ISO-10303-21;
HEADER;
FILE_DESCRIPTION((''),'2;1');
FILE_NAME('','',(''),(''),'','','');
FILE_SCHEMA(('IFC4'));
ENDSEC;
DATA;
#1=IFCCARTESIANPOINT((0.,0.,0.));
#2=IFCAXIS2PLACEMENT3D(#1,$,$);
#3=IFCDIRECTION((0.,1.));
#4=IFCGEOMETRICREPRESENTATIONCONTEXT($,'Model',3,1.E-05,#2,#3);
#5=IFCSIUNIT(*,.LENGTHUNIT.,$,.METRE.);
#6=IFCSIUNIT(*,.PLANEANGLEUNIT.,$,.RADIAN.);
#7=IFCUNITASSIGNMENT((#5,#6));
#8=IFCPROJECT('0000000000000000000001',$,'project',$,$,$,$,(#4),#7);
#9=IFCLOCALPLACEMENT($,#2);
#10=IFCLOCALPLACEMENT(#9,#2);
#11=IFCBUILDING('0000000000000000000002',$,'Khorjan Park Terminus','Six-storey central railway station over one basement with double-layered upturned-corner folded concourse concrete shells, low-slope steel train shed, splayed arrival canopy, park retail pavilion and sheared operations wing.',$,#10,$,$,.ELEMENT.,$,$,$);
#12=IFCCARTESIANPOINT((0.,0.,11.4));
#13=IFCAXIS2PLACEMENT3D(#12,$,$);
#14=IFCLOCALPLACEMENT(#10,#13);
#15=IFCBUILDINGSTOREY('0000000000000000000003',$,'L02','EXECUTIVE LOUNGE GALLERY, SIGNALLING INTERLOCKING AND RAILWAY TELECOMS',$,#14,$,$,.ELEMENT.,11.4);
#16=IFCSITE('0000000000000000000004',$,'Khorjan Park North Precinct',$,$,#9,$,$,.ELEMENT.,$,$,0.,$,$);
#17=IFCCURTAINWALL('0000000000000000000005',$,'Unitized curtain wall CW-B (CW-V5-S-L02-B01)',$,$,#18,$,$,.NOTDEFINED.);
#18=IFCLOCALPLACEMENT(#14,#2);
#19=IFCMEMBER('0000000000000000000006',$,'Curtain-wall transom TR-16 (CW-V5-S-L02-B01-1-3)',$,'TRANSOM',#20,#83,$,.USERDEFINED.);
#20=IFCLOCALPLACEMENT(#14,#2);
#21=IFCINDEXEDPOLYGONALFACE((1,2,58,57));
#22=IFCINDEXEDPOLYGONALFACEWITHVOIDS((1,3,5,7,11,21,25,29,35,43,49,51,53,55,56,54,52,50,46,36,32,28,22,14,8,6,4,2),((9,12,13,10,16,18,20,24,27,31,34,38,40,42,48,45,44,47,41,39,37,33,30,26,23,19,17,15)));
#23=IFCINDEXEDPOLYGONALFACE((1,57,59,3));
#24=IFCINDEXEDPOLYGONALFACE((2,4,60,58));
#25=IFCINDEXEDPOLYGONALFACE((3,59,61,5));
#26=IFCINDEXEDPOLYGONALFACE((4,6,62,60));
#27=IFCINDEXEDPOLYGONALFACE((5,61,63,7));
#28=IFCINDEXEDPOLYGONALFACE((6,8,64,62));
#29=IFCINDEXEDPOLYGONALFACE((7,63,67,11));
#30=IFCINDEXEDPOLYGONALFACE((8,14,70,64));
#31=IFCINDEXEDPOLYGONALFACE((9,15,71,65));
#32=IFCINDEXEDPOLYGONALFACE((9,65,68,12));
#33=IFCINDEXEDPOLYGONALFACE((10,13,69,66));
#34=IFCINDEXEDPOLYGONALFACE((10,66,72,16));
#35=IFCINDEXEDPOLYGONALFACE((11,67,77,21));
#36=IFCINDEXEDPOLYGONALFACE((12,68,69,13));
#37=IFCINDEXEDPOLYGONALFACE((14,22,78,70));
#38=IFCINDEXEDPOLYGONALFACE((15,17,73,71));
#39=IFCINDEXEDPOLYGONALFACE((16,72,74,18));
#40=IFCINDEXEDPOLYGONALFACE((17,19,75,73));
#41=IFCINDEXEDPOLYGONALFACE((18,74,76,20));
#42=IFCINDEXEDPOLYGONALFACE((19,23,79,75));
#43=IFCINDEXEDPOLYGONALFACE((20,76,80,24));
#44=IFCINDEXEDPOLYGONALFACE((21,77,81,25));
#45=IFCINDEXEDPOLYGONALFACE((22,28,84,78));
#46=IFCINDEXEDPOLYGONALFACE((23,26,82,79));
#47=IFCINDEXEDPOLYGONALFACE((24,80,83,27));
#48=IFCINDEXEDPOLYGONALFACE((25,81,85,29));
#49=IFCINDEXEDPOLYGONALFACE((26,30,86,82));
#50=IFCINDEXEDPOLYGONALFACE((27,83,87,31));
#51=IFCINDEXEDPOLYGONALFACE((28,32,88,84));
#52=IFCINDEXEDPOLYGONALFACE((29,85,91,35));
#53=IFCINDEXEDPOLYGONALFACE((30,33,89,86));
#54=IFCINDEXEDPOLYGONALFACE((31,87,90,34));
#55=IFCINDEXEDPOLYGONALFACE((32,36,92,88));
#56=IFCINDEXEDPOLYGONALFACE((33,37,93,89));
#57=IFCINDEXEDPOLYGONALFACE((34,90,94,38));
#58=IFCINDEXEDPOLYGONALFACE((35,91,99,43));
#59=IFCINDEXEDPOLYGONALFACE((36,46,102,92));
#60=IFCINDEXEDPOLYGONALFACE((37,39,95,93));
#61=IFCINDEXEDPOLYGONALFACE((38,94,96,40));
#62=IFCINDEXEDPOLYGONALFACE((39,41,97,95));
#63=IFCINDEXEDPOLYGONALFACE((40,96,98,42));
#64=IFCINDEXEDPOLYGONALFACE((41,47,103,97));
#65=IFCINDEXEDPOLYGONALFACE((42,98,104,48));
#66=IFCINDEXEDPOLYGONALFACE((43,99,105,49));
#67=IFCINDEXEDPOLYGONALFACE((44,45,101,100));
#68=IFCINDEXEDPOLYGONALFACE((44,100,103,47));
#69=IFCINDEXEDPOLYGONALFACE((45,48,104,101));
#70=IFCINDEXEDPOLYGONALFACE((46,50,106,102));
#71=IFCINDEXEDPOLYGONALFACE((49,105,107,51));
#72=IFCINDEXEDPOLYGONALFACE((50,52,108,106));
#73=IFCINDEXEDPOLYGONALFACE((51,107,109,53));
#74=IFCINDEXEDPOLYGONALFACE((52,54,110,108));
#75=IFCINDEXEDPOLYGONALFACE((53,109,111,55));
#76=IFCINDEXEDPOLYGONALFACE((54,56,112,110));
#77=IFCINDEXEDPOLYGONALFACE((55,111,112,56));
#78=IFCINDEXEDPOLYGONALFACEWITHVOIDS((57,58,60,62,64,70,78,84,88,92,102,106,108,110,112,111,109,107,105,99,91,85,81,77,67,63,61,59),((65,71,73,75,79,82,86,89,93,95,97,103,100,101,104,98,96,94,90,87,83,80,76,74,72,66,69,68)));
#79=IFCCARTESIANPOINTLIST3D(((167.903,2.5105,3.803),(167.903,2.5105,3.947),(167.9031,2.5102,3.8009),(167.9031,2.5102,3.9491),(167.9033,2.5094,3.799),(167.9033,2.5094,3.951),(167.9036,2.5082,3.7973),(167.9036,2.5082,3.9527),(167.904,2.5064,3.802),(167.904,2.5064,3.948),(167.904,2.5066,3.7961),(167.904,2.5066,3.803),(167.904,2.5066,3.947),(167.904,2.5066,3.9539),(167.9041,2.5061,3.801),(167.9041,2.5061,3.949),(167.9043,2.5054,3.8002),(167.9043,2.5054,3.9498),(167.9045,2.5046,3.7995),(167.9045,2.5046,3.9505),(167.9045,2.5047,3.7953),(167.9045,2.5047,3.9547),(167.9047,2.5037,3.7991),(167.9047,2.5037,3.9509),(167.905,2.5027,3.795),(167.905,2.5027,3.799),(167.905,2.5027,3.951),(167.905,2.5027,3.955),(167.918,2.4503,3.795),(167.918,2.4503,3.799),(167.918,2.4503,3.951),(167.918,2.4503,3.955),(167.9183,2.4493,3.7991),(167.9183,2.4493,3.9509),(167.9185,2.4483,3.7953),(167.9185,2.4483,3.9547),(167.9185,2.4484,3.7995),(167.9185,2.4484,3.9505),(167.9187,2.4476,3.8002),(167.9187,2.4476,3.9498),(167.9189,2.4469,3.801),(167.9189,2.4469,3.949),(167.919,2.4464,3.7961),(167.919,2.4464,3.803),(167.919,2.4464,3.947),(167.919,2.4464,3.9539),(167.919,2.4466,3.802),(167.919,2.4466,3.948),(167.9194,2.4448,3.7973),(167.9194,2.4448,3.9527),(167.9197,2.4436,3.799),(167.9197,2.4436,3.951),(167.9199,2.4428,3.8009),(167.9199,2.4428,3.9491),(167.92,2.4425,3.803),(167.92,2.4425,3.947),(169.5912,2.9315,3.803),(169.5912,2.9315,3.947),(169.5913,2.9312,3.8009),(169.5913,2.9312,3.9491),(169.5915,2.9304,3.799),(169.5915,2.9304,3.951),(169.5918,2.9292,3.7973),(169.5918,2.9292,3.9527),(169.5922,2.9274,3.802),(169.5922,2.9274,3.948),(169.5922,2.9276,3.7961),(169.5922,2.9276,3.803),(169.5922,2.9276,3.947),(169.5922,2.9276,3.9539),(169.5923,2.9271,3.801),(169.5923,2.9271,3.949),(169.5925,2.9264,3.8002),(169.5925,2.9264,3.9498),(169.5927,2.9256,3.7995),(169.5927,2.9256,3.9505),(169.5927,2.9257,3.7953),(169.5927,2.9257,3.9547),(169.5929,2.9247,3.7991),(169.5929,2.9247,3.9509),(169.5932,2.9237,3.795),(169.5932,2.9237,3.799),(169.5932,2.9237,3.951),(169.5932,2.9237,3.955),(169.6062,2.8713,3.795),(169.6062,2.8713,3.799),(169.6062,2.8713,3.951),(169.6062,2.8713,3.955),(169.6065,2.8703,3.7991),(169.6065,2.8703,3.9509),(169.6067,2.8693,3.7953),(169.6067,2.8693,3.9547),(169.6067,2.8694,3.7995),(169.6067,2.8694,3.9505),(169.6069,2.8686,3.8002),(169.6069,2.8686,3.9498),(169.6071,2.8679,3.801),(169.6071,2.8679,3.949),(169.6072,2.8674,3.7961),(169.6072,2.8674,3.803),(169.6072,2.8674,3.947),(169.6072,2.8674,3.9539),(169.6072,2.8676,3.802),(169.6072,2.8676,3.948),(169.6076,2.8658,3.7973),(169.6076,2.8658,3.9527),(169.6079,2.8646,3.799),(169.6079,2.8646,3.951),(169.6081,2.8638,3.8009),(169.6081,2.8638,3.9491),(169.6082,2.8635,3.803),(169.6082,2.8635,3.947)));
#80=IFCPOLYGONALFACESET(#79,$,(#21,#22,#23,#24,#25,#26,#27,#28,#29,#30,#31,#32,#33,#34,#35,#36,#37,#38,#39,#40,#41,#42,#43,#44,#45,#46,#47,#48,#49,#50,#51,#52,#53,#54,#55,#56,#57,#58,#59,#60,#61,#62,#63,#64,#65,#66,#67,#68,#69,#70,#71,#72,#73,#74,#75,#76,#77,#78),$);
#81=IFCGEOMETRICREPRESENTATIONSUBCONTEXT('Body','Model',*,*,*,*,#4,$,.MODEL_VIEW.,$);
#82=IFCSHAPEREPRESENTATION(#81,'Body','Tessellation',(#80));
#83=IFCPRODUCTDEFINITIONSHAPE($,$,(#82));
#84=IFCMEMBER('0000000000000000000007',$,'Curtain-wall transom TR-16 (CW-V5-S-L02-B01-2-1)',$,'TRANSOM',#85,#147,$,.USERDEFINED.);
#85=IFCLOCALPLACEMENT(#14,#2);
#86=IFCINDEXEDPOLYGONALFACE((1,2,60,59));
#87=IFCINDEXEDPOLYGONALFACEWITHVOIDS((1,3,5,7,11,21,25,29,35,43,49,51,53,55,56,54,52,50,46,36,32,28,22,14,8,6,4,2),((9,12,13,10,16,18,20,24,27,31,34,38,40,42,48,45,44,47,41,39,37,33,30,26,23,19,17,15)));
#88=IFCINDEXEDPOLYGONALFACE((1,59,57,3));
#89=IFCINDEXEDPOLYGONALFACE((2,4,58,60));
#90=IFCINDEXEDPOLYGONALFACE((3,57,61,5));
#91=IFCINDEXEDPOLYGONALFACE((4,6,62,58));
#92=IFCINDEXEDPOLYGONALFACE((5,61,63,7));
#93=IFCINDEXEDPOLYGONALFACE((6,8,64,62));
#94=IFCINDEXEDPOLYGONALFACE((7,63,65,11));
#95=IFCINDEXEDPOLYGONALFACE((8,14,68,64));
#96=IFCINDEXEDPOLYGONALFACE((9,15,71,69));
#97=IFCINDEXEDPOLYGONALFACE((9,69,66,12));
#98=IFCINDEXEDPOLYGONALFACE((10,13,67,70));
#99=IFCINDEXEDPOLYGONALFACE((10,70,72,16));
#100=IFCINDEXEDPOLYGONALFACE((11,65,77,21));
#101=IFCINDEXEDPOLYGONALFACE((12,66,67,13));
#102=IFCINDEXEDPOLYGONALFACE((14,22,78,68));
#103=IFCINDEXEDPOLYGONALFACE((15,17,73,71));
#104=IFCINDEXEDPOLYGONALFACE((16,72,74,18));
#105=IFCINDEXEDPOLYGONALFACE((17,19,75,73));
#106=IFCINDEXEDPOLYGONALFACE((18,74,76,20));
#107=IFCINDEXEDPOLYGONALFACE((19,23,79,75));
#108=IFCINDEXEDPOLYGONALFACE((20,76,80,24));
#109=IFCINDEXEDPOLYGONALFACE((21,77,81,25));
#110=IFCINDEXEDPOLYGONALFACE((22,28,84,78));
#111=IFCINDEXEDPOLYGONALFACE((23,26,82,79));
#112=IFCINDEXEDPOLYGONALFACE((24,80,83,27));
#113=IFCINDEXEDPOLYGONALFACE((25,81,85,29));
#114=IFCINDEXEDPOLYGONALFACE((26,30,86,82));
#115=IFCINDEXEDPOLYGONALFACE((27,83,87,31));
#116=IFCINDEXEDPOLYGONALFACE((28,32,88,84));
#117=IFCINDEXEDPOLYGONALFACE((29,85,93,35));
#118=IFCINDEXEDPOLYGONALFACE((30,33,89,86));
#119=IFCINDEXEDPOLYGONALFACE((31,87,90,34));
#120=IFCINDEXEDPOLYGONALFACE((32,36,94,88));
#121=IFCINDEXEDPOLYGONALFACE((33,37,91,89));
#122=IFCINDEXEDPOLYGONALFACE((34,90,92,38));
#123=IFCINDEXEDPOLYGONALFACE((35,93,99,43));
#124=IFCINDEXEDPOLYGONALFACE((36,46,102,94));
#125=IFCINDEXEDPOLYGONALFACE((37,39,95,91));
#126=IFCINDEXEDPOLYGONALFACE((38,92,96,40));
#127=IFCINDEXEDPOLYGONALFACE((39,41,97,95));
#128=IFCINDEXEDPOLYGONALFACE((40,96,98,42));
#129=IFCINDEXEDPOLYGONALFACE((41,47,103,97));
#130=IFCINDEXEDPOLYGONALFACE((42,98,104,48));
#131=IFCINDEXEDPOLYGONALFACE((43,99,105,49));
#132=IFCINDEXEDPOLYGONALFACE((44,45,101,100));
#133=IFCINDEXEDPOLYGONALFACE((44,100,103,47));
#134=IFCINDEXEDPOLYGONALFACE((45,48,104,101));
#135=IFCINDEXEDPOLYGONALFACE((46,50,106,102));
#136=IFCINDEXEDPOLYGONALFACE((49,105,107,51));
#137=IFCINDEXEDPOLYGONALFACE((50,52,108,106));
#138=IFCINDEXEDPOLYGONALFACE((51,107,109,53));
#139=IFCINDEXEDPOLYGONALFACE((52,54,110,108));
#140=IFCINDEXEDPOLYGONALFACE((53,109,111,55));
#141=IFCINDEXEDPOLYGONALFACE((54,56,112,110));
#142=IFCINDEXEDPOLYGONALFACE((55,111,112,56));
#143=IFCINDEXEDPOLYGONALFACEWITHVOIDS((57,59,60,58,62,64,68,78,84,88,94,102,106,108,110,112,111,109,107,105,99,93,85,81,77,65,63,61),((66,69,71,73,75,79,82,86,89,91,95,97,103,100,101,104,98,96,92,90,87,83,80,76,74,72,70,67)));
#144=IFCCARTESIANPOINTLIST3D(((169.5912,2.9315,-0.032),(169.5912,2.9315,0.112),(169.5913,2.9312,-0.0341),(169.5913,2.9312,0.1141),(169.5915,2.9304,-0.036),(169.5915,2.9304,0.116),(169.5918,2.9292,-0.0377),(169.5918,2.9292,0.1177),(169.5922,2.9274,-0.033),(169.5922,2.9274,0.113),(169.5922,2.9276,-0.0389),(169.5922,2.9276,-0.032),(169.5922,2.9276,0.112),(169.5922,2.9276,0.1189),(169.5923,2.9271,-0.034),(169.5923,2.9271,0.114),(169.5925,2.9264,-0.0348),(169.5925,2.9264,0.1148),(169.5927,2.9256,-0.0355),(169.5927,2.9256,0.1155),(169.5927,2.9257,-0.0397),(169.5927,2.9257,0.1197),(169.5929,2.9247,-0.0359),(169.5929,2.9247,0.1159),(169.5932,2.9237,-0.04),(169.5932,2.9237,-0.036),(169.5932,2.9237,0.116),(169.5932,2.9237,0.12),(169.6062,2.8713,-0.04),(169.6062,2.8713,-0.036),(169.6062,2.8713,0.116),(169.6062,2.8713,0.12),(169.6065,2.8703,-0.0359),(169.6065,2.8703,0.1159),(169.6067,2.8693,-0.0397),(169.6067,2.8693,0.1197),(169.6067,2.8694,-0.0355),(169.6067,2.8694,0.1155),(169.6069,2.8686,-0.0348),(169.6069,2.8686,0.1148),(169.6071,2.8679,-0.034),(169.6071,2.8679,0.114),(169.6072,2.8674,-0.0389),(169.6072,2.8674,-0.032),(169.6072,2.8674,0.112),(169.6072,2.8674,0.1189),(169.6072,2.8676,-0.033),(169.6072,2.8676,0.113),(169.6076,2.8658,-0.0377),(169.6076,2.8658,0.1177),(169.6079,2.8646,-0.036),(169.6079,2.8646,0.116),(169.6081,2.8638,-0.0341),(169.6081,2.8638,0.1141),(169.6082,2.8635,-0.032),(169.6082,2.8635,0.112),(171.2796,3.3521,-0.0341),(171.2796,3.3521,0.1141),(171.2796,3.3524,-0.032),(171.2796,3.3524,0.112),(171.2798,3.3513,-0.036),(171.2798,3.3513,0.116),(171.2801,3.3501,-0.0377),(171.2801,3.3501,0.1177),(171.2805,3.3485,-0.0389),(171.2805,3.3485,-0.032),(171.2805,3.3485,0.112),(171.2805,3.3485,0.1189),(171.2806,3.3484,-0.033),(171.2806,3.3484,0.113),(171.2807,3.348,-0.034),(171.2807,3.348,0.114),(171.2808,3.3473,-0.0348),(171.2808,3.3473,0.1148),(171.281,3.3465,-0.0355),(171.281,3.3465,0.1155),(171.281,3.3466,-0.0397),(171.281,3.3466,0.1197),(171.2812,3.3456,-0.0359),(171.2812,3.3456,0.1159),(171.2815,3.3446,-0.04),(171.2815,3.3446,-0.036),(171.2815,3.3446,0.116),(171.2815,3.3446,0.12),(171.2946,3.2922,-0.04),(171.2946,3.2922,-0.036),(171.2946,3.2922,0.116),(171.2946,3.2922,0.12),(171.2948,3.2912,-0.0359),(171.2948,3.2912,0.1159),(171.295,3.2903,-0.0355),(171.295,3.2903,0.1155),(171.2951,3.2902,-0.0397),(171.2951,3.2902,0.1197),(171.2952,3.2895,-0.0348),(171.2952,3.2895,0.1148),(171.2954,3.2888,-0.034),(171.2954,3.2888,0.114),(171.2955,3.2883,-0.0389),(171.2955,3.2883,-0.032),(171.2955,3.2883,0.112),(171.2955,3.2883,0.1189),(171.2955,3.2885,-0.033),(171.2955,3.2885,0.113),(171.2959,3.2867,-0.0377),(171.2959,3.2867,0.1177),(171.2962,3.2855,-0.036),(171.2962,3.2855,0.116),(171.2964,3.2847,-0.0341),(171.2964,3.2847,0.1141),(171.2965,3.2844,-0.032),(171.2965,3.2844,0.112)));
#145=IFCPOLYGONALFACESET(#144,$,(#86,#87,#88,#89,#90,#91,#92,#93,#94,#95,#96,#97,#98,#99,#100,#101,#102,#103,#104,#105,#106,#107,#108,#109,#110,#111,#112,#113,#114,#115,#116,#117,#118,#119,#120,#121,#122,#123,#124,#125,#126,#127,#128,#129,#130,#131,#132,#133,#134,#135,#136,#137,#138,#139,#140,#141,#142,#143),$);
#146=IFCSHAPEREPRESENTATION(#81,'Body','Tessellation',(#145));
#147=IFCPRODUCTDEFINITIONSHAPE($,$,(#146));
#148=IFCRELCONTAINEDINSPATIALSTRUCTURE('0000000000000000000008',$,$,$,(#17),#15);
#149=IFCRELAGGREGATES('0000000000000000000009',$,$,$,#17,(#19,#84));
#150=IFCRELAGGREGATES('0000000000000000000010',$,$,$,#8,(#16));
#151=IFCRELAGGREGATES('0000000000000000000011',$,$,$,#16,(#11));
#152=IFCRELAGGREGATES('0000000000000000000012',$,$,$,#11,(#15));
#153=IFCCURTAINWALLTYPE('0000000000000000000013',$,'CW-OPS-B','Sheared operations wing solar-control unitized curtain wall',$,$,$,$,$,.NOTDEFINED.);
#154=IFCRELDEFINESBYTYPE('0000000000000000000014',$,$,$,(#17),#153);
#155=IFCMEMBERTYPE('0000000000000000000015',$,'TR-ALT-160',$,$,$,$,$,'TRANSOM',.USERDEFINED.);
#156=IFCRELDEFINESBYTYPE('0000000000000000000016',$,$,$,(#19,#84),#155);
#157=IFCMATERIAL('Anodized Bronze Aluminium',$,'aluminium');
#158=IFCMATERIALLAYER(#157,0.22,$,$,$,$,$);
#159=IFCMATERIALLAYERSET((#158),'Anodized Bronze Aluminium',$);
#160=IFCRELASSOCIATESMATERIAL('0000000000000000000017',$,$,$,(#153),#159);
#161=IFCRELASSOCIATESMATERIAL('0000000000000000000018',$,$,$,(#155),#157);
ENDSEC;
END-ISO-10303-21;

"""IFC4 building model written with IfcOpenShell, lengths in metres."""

from ifc_helpers import new_model, si_unit, direction, frame, origin, origin_2d, place, context, subcontext, project, spatial, hollow_rectangle, extrude, material, layer, layer_set, material_profile, profile_set, type_object, element, aggregate, save


model = new_model("IFC4")

# Units and contexts
model_context = context("Model", 3, precision=1e-05, world=origin(), true_north=direction((0.0, 1.0)))
body_context = subcontext(model_context, "Body", "Model", "MODEL_VIEW")
ifc_project = project(units=[si_unit("LENGTHUNIT", "METRE"), si_unit("PLANEANGLEUNIT", "RADIAN")], contexts=[model_context])

# Site, building, storey
site_placement = place(None, origin())
site = spatial("IfcSite", under=ifc_project, at=site_placement, Name="Khorjan Park North Precinct", CompositionType="ELEMENT", RefElevation=0.0)
building_placement = place(site_placement, origin())
building = spatial("IfcBuilding", under=site, at=building_placement, Name="Khorjan Park Terminus", Description="Six-storey central railway station over one basement with double-layered upturned-corner folded concourse concrete shells, low-slope steel train shed, splayed arrival canopy, park retail pavilion and sheared operations wing.", CompositionType="ELEMENT")
storey_placement = place(building_placement, frame((0.0, 0.0, 11.4)))
storey = spatial("IfcBuildingStorey", under=building, at=storey_placement, Name="L02", Description="EXECUTIVE LOUNGE GALLERY, SIGNALLING INTERLOCKING AND RAILWAY TELECOMS", CompositionType="ELEMENT", Elevation=11.4)

# Curtain wall
ifc_material_1 = material(Name="Anodized Bronze Aluminium", Category="aluminium")
ifc_layer_1 = layer(ifc_material_1, 0.22)
ifc_layer_set_1 = layer_set([ifc_layer_1], Name="Anodized Bronze Aluminium")
curtain_wall_type = type_object("IfcCurtainWallType", Name="CW-OPS-B", Description="Sheared operations wing solar-control unitized curtain wall", PredefinedType="NOTDEFINED", material=ifc_layer_set_1)
curtain_wall_1_placement = place(storey_placement, origin())
curtain_wall_1 = element("IfcCurtainWall", 1, at=curtain_wall_1_placement, inside=storey, type_object=curtain_wall_type, Name="Unitized curtain wall CW-B (CW-V5-S-L02-B01)", PredefinedType="NOTDEFINED")

# Members
ifc_material_profile_1 = material_profile(ifc_material_1, hollow_rectangle(XDim=0.07, YDim=0.16, WallThickness=0.004, InnerFilletRadius=0.004, OuterFilletRadius=0.008, at=origin_2d()), Name="ALT 70x160x4")
ifc_profile_set_1 = profile_set([ifc_material_profile_1], Name="Anodized Bronze Aluminium")
member_type_1 = type_object("IfcMemberType", Name="TR-ALT-160", ElementType="TRANSOM", PredefinedType="USERDEFINED", material=ifc_profile_set_1)
member_1_placement = place(storey_placement, frame((167.9115, 2.4765, 3.875), z_axis=(0.970284, 0.241968, 0.0), x_axis=(-0.241968, 0.970284, 0.0)))
member_1 = element("IfcMember", 2, at=member_1_placement, type_object=member_type_1, Name="Curtain-wall transom TR-16 (CW-V5-S-L02-B01-1-3)", ObjectType="TRANSOM", PredefinedType="USERDEFINED", context=body_context, shape_type="SweptSolid", body=[
    extrude(hollow_rectangle(XDim=0.07, YDim=0.16, WallThickness=0.004, InnerFilletRadius=0.004, OuterFilletRadius=0.008, at=origin_2d()), origin(), (0.0, 0.0, 1.0), 1.7399),
])
member_2_placement = place(storey_placement, frame((169.5997, 2.8975, 0.04), z_axis=(0.970301, 0.2419, 0.0), x_axis=(-0.2419, 0.970301, 0.0)))
member_2 = element("IfcMember", 3, at=member_2_placement, type_object=member_type_1, Name="Curtain-wall transom TR-16 (CW-V5-S-L02-B01-2-1)", ObjectType="TRANSOM", PredefinedType="USERDEFINED", context=body_context, shape_type="SweptSolid", body=[
    extrude(hollow_rectangle(XDim=0.07, YDim=0.16, WallThickness=0.004, InnerFilletRadius=0.004, OuterFilletRadius=0.008, at=origin_2d()), origin(), (0.0, 0.0, 1.0), 1.74),
])

aggregate(curtain_wall_1, [member_1, member_2])

save(model, "model.ifc")
